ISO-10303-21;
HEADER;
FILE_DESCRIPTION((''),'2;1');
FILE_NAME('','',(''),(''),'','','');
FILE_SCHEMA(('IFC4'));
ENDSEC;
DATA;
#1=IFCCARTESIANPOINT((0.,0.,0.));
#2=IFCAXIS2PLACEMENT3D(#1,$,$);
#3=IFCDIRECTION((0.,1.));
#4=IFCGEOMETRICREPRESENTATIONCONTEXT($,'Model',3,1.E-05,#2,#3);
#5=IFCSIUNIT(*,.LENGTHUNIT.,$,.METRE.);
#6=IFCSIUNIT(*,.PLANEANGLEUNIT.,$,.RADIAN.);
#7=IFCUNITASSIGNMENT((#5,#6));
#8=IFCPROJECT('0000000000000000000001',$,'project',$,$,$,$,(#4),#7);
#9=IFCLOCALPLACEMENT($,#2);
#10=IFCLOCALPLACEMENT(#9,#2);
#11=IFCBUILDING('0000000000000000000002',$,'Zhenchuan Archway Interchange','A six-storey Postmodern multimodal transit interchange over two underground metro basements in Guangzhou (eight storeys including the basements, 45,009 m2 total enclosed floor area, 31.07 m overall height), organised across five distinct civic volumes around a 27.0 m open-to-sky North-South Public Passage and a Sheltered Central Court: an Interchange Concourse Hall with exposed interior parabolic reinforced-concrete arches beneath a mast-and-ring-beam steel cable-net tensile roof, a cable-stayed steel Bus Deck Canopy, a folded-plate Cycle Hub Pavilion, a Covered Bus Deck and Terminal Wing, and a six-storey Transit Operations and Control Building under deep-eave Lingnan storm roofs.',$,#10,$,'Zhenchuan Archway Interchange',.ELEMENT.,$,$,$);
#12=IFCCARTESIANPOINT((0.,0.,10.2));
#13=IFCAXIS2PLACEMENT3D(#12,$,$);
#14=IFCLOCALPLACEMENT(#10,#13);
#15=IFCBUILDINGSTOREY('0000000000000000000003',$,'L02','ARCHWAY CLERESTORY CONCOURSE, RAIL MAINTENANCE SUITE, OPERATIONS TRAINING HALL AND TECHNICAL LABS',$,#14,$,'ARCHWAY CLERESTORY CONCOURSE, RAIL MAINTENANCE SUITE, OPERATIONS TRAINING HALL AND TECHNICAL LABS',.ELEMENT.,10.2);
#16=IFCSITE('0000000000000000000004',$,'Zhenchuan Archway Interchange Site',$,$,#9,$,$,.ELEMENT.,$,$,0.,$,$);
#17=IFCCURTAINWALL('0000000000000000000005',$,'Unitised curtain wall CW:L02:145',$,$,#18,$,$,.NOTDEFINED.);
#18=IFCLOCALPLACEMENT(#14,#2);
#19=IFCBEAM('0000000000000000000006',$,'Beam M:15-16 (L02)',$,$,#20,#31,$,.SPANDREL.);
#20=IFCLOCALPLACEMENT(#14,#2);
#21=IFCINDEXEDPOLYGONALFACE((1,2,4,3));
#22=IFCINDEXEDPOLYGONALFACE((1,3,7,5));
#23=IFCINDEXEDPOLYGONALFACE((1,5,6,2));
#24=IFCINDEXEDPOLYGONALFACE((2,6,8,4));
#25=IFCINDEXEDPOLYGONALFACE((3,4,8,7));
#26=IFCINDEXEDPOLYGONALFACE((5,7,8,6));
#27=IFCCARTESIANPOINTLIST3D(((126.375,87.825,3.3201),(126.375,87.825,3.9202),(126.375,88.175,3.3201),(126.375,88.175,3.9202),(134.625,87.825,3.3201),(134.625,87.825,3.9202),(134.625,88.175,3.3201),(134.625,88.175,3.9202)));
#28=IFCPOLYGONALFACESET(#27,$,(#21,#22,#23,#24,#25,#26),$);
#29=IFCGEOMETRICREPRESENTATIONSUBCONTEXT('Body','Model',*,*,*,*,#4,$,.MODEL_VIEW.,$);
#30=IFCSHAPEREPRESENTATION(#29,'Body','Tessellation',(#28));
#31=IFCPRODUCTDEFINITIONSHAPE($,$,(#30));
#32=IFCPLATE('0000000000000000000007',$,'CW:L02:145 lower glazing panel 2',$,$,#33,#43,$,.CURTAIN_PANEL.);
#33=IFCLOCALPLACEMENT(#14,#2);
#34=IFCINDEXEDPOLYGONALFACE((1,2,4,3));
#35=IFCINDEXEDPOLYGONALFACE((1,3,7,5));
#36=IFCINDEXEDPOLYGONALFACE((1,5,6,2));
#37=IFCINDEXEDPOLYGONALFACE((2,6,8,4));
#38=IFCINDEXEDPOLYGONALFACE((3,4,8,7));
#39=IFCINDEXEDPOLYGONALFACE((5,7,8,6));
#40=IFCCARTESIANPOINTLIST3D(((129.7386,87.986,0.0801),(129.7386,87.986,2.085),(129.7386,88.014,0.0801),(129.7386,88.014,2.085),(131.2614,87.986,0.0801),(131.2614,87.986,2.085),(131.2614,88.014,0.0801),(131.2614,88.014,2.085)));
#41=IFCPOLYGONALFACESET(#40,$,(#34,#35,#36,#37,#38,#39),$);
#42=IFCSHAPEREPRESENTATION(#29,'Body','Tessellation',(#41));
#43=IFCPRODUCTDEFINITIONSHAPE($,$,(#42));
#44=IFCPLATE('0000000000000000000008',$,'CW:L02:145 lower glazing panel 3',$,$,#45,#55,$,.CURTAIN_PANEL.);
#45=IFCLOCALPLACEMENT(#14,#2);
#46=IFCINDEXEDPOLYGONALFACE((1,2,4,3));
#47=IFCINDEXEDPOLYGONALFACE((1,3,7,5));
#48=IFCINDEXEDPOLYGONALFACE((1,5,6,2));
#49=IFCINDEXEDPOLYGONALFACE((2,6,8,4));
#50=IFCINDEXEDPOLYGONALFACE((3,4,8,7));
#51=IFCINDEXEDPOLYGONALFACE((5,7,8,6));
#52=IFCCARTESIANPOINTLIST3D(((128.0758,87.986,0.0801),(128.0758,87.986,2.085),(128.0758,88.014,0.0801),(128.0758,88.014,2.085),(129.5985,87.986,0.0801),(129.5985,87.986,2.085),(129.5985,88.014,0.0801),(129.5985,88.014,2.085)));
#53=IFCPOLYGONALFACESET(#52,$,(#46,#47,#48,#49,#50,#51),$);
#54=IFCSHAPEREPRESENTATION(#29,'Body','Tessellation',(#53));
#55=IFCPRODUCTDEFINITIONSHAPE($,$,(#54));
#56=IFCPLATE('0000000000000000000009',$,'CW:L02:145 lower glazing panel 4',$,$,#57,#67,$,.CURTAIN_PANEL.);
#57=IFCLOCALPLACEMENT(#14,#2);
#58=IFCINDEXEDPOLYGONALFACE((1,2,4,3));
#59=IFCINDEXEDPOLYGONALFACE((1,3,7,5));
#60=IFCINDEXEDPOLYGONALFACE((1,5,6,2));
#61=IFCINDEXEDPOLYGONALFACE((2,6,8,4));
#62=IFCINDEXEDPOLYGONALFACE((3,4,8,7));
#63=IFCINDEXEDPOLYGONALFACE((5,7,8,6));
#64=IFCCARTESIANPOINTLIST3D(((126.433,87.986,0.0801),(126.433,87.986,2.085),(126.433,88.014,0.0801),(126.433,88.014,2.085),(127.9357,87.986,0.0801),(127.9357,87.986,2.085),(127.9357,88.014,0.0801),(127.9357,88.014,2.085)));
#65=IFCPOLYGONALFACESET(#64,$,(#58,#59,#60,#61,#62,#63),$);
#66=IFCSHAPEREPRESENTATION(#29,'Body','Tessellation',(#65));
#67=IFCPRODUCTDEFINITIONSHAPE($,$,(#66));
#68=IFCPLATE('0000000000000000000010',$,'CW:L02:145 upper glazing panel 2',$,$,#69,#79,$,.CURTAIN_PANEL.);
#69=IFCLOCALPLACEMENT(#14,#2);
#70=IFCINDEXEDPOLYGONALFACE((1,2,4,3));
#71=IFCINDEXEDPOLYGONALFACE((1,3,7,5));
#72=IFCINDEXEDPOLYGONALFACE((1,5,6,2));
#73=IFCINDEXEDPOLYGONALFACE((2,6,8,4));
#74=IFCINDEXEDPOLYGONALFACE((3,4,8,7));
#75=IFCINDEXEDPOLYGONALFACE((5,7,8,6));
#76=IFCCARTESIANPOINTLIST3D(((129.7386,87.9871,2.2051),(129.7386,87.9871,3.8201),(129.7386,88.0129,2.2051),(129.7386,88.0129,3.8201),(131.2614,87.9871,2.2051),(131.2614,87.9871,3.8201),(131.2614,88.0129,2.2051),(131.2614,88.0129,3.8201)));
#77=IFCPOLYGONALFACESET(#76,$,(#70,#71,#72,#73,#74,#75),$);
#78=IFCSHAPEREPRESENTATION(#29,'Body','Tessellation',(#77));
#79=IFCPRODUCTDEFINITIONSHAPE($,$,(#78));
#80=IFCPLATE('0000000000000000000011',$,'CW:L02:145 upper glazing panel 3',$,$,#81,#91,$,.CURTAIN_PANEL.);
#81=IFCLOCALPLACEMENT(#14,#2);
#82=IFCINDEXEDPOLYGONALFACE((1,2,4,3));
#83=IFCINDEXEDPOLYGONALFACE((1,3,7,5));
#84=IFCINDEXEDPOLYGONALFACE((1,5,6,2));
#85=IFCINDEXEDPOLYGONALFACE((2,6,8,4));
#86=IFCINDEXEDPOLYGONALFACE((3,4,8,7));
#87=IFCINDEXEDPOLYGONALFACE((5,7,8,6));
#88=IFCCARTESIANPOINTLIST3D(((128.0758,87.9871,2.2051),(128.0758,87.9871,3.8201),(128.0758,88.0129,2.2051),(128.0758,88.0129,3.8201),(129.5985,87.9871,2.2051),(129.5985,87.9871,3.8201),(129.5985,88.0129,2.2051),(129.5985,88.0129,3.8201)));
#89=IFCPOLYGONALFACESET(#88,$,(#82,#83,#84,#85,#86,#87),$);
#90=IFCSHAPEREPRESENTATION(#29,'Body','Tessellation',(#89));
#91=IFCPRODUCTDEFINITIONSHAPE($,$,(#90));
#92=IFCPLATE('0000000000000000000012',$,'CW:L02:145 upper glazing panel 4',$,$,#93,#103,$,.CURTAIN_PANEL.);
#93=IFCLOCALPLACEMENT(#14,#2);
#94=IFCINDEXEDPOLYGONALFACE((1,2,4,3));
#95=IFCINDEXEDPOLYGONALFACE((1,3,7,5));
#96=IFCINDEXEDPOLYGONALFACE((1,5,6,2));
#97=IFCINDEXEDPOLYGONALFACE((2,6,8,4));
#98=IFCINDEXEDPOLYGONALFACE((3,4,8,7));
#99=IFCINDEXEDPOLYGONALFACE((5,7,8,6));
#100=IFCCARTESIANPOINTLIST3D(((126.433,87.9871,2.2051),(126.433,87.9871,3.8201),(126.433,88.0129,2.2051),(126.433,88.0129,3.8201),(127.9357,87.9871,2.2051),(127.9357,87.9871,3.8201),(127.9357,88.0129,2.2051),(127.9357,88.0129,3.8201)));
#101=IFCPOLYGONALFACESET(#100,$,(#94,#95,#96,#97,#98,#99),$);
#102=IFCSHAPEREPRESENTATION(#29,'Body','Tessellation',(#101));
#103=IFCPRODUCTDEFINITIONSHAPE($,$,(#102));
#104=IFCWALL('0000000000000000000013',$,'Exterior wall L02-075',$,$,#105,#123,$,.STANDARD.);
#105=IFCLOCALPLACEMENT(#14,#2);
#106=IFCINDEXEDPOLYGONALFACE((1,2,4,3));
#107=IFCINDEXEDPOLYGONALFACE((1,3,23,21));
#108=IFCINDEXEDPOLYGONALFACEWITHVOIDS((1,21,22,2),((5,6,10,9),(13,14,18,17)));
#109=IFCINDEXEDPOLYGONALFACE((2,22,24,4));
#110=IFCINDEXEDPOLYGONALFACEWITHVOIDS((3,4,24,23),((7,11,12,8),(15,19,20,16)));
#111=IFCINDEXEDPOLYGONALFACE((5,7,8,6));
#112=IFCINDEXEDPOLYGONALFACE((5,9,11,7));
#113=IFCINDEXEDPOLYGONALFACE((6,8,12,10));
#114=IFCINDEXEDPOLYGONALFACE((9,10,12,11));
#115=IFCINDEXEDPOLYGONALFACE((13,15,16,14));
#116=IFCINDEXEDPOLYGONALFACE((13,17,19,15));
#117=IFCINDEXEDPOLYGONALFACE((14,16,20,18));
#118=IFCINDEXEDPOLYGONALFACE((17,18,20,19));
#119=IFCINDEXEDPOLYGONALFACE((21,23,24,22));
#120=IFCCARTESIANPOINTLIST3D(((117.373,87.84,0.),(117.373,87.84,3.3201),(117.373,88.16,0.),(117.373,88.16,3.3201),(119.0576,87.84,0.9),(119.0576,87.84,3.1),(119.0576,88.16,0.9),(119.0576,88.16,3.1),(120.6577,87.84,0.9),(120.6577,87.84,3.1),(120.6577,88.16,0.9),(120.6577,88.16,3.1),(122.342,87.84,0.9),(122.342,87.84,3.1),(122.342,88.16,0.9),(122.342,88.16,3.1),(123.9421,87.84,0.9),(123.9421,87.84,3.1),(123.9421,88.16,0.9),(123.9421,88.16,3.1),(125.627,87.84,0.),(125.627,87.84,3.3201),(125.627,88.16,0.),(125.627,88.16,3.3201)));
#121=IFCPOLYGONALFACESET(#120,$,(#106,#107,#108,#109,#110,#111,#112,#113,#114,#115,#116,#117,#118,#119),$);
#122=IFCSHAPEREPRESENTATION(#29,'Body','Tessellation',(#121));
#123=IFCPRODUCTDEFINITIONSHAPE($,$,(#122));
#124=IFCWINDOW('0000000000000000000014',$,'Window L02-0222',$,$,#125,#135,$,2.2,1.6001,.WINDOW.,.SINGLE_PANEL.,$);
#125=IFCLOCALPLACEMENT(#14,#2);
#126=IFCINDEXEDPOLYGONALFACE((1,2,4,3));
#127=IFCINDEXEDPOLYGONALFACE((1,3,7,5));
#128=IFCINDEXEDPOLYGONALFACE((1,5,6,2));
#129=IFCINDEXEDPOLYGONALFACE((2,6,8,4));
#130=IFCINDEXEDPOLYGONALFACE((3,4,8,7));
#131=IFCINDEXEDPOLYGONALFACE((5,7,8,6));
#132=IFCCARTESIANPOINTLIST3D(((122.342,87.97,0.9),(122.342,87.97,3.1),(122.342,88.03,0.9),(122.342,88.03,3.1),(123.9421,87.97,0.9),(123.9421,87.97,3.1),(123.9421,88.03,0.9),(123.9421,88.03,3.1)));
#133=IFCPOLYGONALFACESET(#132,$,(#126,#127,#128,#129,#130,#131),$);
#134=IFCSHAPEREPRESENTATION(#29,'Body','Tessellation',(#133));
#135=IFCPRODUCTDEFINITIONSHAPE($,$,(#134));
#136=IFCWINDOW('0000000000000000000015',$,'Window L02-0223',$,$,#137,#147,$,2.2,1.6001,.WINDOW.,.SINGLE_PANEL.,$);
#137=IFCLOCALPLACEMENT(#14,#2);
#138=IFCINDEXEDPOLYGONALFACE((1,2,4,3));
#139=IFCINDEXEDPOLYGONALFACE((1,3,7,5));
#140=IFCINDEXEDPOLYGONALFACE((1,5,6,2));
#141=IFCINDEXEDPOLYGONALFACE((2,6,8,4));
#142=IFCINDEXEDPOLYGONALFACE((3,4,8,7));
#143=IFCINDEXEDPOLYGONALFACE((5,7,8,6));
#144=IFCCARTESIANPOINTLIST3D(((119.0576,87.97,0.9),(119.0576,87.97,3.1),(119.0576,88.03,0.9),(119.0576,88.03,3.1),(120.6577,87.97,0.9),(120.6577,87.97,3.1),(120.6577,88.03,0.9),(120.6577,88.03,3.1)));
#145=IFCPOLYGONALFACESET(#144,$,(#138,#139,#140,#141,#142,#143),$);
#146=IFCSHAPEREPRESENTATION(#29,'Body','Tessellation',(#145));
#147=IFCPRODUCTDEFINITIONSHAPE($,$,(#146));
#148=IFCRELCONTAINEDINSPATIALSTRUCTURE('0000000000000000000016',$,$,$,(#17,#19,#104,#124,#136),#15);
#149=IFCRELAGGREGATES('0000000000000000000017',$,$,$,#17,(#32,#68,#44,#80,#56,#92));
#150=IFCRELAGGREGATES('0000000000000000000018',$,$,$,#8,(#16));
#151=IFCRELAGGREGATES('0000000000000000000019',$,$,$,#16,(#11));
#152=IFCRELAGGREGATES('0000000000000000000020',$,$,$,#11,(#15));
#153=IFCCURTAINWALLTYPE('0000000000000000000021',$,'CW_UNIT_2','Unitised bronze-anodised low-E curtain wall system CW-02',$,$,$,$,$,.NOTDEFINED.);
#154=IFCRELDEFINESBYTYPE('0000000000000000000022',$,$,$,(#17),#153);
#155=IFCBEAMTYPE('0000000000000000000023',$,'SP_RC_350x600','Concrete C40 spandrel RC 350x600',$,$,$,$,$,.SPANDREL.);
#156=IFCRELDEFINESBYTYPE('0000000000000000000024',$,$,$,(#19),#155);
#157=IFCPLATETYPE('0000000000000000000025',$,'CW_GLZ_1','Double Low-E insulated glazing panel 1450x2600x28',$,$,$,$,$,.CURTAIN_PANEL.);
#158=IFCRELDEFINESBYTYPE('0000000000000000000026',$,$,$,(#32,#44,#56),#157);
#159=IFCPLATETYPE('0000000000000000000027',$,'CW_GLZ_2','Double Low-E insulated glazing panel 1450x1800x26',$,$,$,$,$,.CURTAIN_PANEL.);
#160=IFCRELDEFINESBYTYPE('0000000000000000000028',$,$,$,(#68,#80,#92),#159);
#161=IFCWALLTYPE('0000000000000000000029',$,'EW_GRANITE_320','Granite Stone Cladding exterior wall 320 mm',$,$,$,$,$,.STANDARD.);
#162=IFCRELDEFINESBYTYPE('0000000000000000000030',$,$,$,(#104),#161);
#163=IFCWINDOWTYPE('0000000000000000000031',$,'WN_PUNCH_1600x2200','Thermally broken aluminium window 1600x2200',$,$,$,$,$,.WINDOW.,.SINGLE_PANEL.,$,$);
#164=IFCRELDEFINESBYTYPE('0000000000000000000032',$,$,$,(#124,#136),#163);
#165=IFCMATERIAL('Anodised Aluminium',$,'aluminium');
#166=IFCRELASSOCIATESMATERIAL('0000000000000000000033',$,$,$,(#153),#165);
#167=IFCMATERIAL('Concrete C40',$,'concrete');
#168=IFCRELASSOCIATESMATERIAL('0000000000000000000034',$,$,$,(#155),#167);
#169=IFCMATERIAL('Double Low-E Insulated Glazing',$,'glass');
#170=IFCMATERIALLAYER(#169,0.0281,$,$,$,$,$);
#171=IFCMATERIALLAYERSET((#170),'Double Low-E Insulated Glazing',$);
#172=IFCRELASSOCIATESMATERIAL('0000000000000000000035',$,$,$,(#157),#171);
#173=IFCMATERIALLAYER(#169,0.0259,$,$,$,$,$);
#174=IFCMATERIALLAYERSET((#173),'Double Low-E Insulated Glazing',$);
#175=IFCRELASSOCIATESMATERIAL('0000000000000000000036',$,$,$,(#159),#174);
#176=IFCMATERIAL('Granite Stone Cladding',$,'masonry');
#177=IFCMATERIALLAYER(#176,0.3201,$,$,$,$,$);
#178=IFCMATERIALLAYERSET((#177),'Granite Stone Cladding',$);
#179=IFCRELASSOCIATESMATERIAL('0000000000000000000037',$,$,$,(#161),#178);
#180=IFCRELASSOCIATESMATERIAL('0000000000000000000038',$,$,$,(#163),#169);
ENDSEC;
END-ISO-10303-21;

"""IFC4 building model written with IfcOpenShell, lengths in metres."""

from ifc_helpers import new_model, si_unit, direction, frame, frame_2d, origin, origin_2d, place, context, subcontext, project, spatial, rectangle, extrude, material, layer, layer_set, material_profile, profile_set, type_object, element, fill, aggregate, save


model = new_model("IFC4")

# Units and contexts
model_context = context("Model", 3, precision=1e-05, world=origin(), true_north=direction((0.0, 1.0)))
body_context = subcontext(model_context, "Body", "Model", "MODEL_VIEW")
ifc_project = project(units=[si_unit("LENGTHUNIT", "METRE"), si_unit("PLANEANGLEUNIT", "RADIAN")], contexts=[model_context])

# Site, building, storey
site_placement = place(None, origin())
site = spatial("IfcSite", under=ifc_project, at=site_placement, Name="Zhenchuan Archway Interchange Site", CompositionType="ELEMENT", RefElevation=0.0)
building_placement = place(site_placement, origin())
building = spatial("IfcBuilding", under=site, at=building_placement, Name="Zhenchuan Archway Interchange", Description="A six-storey Postmodern multimodal transit interchange over two underground metro basements in Guangzhou (eight storeys including the basements, 45,009 m2 total enclosed floor area, 31.07 m overall height), organised across five distinct civic volumes around a 27.0 m open-to-sky North-South Public Passage and a Sheltered Central Court: an Interchange Concourse Hall with exposed interior parabolic reinforced-concrete arches beneath a mast-and-ring-beam steel cable-net tensile roof, a cable-stayed steel Bus Deck Canopy, a folded-plate Cycle Hub Pavilion, a Covered Bus Deck and Terminal Wing, and a six-storey Transit Operations and Control Building under deep-eave Lingnan storm roofs.", LongName="Zhenchuan Archway Interchange", CompositionType="ELEMENT")
storey_placement = place(building_placement, frame((0.0, 0.0, 10.2)))
storey = spatial("IfcBuildingStorey", under=building, at=storey_placement, Name="L02", Description="ARCHWAY CLERESTORY CONCOURSE, RAIL MAINTENANCE SUITE, OPERATIONS TRAINING HALL AND TECHNICAL LABS", LongName="ARCHWAY CLERESTORY CONCOURSE, RAIL MAINTENANCE SUITE, OPERATIONS TRAINING HALL AND TECHNICAL LABS", CompositionType="ELEMENT", Elevation=10.2)

# Shared definitions
ifc_material_1 = material(Name="Concrete C40", Category="concrete")

# Curtain wall
ifc_material_2 = material(Name="Anodised Aluminium", Category="aluminium")
curtain_wall_type = type_object("IfcCurtainWallType", Name="CW_UNIT_2", Description="Unitised bronze-anodised low-E curtain wall system CW-02", PredefinedType="NOTDEFINED", material=ifc_material_2)
curtain_wall_placement = place(storey_placement, origin())
curtain_wall = element("IfcCurtainWall", 1, at=curtain_wall_placement, inside=storey, type_object=curtain_wall_type, Name="Unitised curtain wall CW:L02:145", PredefinedType="NOTDEFINED")

# Beam
ifc_material_profile_1 = material_profile(ifc_material_1, rectangle(XDim=0.3501, YDim=0.6001, at=origin_2d()), Name="RC 350x600")
ifc_profile_set_1 = profile_set([ifc_material_profile_1], Name="Concrete C40")
beam_type_1 = type_object("IfcBeamType", Name="SP_RC_350x600", Description="Concrete C40 spandrel RC 350x600", PredefinedType="SPANDREL", material=ifc_profile_set_1)
beam_1_placement = place(storey_placement, frame((126.375, 88.0, 3.6201), z_axis=(1.0, 0.0, 0.0), x_axis=(0.0, 1.0, 0.0)))
element("IfcBeam", 2, at=beam_1_placement, inside=storey, type_object=beam_type_1, Name="Beam M:15-16 (L02)", PredefinedType="SPANDREL", context=body_context, shape_type="SweptSolid", body=[
    extrude(rectangle(XDim=0.3501, YDim=0.6001, at=origin_2d()), origin(), (0.0, 0.0, 1.0), 8.25),
])

# Plates
ifc_material_3 = material(Name="Double Low-E Insulated Glazing", Category="glass")
ifc_layer_1 = layer(ifc_material_3, 0.0281)
ifc_layer_set_1 = layer_set([ifc_layer_1], Name="Double Low-E Insulated Glazing")
plate_type_1 = type_object("IfcPlateType", Name="CW_GLZ_1", Description="Double Low-E insulated glazing panel 1450x2600x28", PredefinedType="CURTAIN_PANEL", material=ifc_layer_set_1)
plate_1_placement = place(storey_placement, frame((130.5, 88.0, 0.0801), z_axis=(0.0, 0.0, 1.0), x_axis=(-1.0, 0.0, 0.0)))
plate_1 = element("IfcPlate", 3, at=plate_1_placement, type_object=plate_type_1, Name="CW:L02:145 lower glazing panel 2", PredefinedType="CURTAIN_PANEL", context=body_context, shape_type="SweptSolid", body=[
    extrude(rectangle(XDim=1.5227, YDim=0.0281, at=origin_2d()), origin(), (0.0, 0.0, 1.0), 2.0049),
])
plate_2_placement = place(storey_placement, frame((128.8372, 88.0, 0.0801), z_axis=(0.0, 0.0, 1.0), x_axis=(-1.0, 0.0, 0.0)))
plate_2 = element("IfcPlate", 4, at=plate_2_placement, type_object=plate_type_1, Name="CW:L02:145 lower glazing panel 3", PredefinedType="CURTAIN_PANEL", context=body_context, shape_type="SweptSolid", body=[
    extrude(rectangle(XDim=1.5227, YDim=0.0281, at=origin_2d()), origin(), (0.0, 0.0, 1.0), 2.0049),
])
plate_3_placement = place(storey_placement, frame((127.1843, 88.0, 0.0801), z_axis=(0.0, 0.0, 1.0), x_axis=(-1.0, 0.0, 0.0)))
plate_3 = element("IfcPlate", 5, at=plate_3_placement, type_object=plate_type_1, Name="CW:L02:145 lower glazing panel 4", PredefinedType="CURTAIN_PANEL", context=body_context, shape_type="SweptSolid", body=[
    extrude(rectangle(XDim=1.5027, YDim=0.0281, at=origin_2d()), origin(), (0.0, 0.0, 1.0), 2.0049),
])
ifc_layer_2 = layer(ifc_material_3, 0.0259)
ifc_layer_set_2 = layer_set([ifc_layer_2], Name="Double Low-E Insulated Glazing")
plate_type_2 = type_object("IfcPlateType", Name="CW_GLZ_2", Description="Double Low-E insulated glazing panel 1450x1800x26", PredefinedType="CURTAIN_PANEL", material=ifc_layer_set_2)
plate_4_placement = place(storey_placement, frame((130.5, 88.0, 2.2051), z_axis=(0.0, 0.0, 1.0), x_axis=(-1.0, 0.0, 0.0)))
plate_4 = element("IfcPlate", 6, at=plate_4_placement, type_object=plate_type_2, Name="CW:L02:145 upper glazing panel 2", PredefinedType="CURTAIN_PANEL", context=body_context, shape_type="SweptSolid", body=[
    extrude(rectangle(XDim=1.5227, YDim=0.0259, at=origin_2d()), origin(), (0.0, 0.0, 1.0), 1.615),
])
plate_5_placement = place(storey_placement, frame((128.8372, 88.0, 2.2051), z_axis=(0.0, 0.0, 1.0), x_axis=(-1.0, 0.0, 0.0)))
plate_5 = element("IfcPlate", 7, at=plate_5_placement, type_object=plate_type_2, Name="CW:L02:145 upper glazing panel 3", PredefinedType="CURTAIN_PANEL", context=body_context, shape_type="SweptSolid", body=[
    extrude(rectangle(XDim=1.5227, YDim=0.0259, at=origin_2d()), origin(), (0.0, 0.0, 1.0), 1.615),
])
plate_6_placement = place(storey_placement, frame((127.1843, 88.0, 2.2051), z_axis=(0.0, 0.0, 1.0), x_axis=(-1.0, 0.0, 0.0)))
plate_6 = element("IfcPlate", 8, at=plate_6_placement, type_object=plate_type_2, Name="CW:L02:145 upper glazing panel 4", PredefinedType="CURTAIN_PANEL", context=body_context, shape_type="SweptSolid", body=[
    extrude(rectangle(XDim=1.5027, YDim=0.0259, at=origin_2d()), origin(), (0.0, 0.0, 1.0), 1.615),
])
aggregate(curtain_wall, [plate_1, plate_4, plate_2, plate_5, plate_3, plate_6])

# Wall, openings, windows
ifc_material_4 = material(Name="Granite Stone Cladding", Category="masonry")
ifc_layer_3 = layer(ifc_material_4, 0.3201)
ifc_layer_set_3 = layer_set([ifc_layer_3], Name="Granite Stone Cladding")
wall_type = type_object("IfcWallType", Name="EW_GRANITE_320", Description="Granite Stone Cladding exterior wall 320 mm", PredefinedType="STANDARD", material=ifc_layer_set_3)
wall_placement = place(storey_placement, frame((125.627, 88.0, 0.0), z_axis=(0.0, 0.0, 1.0), x_axis=(-1.0, 0.0, 0.0)))
wall = element("IfcWall", 9, at=wall_placement, inside=storey, type_object=wall_type, Name="Exterior wall L02-075", PredefinedType="STANDARD", context=body_context, shape_type="SweptSolid", body=[
    extrude(rectangle(XDim=8.2539, YDim=0.3201, at=frame_2d((4.127, 0.0))), origin(), (0.0, 0.0, 1.0), 3.3201),
])
opening_1_placement = place(wall_placement, frame((1.6848, 0.0, 0.8999)))
opening_1 = element("IfcOpeningElement", 10, at=opening_1_placement, cuts=wall, PredefinedType="OPENING", context=body_context, shape_type="SweptSolid", body=[
    extrude(rectangle(XDim=1.6001, YDim=2.2, at=frame_2d((0.8, 1.1001))), frame((0.0, 0.1719, 0.0), z_axis=(0.0, -1.0, 0.0), x_axis=(1.0, 0.0, 0.0)), (0.0, 0.0, 1.0), 0.344),
])
opening_2_placement = place(wall_placement, frame((4.9692, 0.0, 0.8999)))
opening_2 = element("IfcOpeningElement", 11, at=opening_2_placement, cuts=wall, PredefinedType="OPENING", context=body_context, shape_type="SweptSolid", body=[
    extrude(rectangle(XDim=1.6001, YDim=2.2, at=frame_2d((0.8, 1.1001))), frame((0.0, 0.1719, 0.0), z_axis=(0.0, -1.0, 0.0), x_axis=(1.0, 0.0, 0.0)), (0.0, 0.0, 1.0), 0.344),
])
window_type = type_object("IfcWindowType", Name="WN_PUNCH_1600x2200", Description="Thermally broken aluminium window 1600x2200", PartitioningType="SINGLE_PANEL", PredefinedType="WINDOW", material=ifc_material_3)
window_1_placement = place(opening_1_placement, origin())
window_1 = element("IfcWindow", 12, at=window_1_placement, inside=storey, type_object=window_type, Name="Window L02-0222", OverallHeight=2.2, OverallWidth=1.6001, PartitioningType="SINGLE_PANEL", PredefinedType="WINDOW", context=body_context, shape_type="SweptSolid", body=[
    extrude(rectangle(XDim=1.6001, YDim=2.2, at=frame_2d((0.8, 1.1001))), frame((0.0, 0.03, 0.0), z_axis=(0.0, -1.0, 0.0), x_axis=(1.0, 0.0, 0.0)), (0.0, 0.0, 1.0), 0.0601),
])
fill(opening_1, window_1)
window_2_placement = place(opening_2_placement, origin())
window_2 = element("IfcWindow", 13, at=window_2_placement, inside=storey, type_object=window_type, Name="Window L02-0223", OverallHeight=2.2, OverallWidth=1.6001, PartitioningType="SINGLE_PANEL", PredefinedType="WINDOW", context=body_context, shape_type="SweptSolid", body=[
    extrude(rectangle(XDim=1.6001, YDim=2.2, at=frame_2d((0.8, 1.1001))), frame((0.0, 0.03, 0.0), z_axis=(0.0, -1.0, 0.0), x_axis=(1.0, 0.0, 0.0)), (0.0, 0.0, 1.0), 0.0601),
])
fill(opening_2, window_2)

save(model, "model.ifc")
